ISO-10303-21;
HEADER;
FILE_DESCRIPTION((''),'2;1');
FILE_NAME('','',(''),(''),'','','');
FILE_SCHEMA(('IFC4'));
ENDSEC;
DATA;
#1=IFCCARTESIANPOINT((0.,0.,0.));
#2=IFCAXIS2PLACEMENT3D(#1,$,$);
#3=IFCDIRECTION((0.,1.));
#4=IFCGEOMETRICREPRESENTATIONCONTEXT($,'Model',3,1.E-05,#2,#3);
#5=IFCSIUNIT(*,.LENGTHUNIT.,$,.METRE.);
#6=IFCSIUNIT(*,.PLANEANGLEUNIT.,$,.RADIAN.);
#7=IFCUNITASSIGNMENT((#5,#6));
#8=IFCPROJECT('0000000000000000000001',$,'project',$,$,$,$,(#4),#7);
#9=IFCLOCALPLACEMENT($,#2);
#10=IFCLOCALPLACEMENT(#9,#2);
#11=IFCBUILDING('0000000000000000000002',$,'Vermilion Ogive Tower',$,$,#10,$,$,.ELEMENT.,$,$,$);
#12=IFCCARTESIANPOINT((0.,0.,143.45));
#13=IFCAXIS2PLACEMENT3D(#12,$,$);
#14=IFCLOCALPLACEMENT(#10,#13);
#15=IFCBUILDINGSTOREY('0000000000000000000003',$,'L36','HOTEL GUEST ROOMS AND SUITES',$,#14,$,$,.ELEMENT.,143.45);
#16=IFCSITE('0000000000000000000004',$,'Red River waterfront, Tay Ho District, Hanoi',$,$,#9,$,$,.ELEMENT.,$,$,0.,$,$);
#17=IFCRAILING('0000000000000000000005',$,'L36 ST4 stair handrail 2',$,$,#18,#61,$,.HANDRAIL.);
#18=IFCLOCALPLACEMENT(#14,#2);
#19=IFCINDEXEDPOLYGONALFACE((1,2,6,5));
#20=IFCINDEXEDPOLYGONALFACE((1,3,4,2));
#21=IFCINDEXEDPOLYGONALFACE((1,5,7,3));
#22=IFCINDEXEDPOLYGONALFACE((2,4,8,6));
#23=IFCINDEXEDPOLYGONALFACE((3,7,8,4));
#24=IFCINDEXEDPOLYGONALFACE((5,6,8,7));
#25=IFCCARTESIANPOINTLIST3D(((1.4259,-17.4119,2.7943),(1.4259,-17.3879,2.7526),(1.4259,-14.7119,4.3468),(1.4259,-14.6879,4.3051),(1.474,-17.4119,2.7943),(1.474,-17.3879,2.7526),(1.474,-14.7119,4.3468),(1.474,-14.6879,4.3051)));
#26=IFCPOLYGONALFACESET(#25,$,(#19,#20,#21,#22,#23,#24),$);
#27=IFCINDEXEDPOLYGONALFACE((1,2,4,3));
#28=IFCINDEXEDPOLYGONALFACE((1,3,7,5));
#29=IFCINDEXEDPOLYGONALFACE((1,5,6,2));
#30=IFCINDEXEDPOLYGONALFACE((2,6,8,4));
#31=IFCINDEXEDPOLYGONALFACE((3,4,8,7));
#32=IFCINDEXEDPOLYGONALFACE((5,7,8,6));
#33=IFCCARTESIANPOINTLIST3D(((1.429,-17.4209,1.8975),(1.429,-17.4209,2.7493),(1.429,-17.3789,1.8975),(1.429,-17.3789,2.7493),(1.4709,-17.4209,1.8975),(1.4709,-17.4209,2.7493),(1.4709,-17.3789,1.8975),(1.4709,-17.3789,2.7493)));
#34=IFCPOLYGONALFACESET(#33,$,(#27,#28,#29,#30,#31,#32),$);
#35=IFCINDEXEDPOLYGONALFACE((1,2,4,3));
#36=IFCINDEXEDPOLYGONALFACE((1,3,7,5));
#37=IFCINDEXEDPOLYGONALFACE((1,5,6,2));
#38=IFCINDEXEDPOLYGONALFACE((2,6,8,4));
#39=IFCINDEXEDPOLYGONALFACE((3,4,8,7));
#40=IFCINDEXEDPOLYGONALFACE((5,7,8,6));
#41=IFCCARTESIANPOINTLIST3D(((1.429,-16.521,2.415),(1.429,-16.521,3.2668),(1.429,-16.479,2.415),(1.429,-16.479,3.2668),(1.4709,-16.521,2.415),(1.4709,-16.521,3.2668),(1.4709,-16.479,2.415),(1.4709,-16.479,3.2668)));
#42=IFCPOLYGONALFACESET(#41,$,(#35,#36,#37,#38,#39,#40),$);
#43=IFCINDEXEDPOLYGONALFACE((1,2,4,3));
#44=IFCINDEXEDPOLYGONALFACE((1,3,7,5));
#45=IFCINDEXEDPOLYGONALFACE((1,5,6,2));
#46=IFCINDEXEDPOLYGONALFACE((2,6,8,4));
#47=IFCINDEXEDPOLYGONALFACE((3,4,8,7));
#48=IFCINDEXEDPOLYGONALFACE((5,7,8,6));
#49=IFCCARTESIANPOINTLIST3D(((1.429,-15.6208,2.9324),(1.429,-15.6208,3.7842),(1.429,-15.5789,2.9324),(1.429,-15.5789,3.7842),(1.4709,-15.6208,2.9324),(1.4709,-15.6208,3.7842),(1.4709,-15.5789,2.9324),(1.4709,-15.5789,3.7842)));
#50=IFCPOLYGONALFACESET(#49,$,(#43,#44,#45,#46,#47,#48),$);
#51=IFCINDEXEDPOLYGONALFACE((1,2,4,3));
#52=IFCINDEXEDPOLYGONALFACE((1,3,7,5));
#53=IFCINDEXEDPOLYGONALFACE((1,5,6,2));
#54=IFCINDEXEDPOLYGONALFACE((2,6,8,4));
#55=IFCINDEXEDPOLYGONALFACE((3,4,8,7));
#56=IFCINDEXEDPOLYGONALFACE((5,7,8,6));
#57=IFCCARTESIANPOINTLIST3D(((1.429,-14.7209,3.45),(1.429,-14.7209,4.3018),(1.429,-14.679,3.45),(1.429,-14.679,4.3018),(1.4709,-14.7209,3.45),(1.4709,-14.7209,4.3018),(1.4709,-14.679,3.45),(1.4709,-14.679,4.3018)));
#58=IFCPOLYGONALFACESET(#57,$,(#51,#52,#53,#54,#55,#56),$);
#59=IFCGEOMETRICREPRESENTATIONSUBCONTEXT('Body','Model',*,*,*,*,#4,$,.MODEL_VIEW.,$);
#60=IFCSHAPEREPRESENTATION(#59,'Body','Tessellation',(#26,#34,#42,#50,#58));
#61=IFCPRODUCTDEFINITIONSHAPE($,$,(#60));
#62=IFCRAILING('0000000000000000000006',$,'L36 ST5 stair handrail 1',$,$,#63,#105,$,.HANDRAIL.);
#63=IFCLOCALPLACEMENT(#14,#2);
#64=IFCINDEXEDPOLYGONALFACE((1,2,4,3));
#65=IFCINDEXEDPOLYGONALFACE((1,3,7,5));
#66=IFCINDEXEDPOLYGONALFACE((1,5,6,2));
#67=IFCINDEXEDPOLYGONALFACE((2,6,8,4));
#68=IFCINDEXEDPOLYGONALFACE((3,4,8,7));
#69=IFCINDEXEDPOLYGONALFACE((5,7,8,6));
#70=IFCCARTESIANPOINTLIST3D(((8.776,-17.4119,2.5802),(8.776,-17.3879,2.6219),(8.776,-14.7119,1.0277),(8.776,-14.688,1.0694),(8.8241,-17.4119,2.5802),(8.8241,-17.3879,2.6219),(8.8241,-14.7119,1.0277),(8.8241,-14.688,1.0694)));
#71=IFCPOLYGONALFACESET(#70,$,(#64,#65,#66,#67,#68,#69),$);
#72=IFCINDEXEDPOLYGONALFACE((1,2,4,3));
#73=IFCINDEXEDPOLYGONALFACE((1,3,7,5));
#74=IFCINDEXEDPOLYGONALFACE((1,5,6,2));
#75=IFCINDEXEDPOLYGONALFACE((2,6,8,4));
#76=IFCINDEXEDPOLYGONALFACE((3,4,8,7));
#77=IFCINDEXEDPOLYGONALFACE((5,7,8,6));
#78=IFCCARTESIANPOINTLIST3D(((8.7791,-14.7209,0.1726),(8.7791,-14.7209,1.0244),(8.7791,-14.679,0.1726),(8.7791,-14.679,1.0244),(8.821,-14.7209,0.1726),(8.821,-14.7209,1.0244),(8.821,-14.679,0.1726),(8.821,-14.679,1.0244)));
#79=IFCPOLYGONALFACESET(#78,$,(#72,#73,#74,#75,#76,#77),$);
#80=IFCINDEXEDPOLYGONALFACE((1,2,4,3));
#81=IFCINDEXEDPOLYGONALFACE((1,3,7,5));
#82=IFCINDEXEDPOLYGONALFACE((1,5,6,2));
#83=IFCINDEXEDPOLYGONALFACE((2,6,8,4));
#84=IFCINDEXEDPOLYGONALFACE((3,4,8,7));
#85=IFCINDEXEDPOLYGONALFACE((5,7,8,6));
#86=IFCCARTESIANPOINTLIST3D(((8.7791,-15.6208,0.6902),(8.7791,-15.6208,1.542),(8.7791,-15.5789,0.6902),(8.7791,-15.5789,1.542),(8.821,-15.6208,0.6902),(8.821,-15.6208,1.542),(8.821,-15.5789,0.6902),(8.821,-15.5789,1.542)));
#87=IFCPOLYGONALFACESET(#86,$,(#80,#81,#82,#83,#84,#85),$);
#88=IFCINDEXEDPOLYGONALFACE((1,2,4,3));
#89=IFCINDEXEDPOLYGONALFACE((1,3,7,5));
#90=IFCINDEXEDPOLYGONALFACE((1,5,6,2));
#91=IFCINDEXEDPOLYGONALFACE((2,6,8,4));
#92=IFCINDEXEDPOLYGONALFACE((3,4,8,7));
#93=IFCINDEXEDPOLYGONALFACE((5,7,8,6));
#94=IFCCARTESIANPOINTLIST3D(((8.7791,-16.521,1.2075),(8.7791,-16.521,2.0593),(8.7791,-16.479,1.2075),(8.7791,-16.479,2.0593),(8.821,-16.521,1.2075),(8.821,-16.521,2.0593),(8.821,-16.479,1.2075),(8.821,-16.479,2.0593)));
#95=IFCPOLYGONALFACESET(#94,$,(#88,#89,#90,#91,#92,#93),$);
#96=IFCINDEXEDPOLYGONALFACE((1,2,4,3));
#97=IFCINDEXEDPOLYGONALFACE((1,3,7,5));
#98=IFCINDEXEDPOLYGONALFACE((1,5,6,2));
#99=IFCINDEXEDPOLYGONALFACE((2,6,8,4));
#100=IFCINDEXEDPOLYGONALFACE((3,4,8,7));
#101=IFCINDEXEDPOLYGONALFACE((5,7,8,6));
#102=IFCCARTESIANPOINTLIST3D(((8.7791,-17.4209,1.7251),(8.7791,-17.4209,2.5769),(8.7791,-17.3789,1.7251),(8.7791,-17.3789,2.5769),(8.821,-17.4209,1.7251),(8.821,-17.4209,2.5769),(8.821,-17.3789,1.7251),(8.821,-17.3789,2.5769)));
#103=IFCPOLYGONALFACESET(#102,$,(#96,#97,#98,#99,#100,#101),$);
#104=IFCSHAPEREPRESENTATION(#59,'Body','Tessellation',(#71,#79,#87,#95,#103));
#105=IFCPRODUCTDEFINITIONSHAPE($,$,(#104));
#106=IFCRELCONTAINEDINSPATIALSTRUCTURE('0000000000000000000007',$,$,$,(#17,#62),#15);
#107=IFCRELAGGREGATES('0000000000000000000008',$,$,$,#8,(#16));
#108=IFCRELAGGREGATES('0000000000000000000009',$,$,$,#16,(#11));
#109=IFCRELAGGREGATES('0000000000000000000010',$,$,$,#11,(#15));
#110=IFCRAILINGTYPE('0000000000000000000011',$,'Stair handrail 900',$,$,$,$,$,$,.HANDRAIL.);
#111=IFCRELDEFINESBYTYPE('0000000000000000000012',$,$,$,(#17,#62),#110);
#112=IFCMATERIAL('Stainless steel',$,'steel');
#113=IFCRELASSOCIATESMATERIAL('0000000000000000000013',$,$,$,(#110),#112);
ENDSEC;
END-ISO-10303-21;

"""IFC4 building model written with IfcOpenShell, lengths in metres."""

from ifc_helpers import new_model, si_unit, direction, frame, origin, origin_2d, place, context, subcontext, project, spatial, rectangle, extrude, material, type_object, element, save


model = new_model("IFC4")

# Units and contexts
model_context = context("Model", 3, precision=1e-05, world=origin(), true_north=direction((0.0, 1.0)))
body_context = subcontext(model_context, "Body", "Model", "MODEL_VIEW")
ifc_project = project(units=[si_unit("LENGTHUNIT", "METRE"), si_unit("PLANEANGLEUNIT", "RADIAN")], contexts=[model_context])

# Site, building, storey
site_placement = place(None, origin())
site = spatial("IfcSite", under=ifc_project, at=site_placement, Name="Red River waterfront, Tay Ho District, Hanoi", CompositionType="ELEMENT", RefElevation=0.0)
building_placement = place(site_placement, origin())
building = spatial("IfcBuilding", under=site, at=building_placement, Name="Vermilion Ogive Tower", CompositionType="ELEMENT")
storey_placement = place(building_placement, frame((0.0, 0.0, 143.45)))
storey = spatial("IfcBuildingStorey", under=building, at=storey_placement, Name="L36", Description="HOTEL GUEST ROOMS AND SUITES", CompositionType="ELEMENT", Elevation=143.45)

# Railings
ifc_material_1 = material(Name="Stainless steel", Category="steel")
railing_type = type_object("IfcRailingType", Name="Stair handrail 900", PredefinedType="HANDRAIL", material=ifc_material_1)
railing_1_placement = place(storey_placement, frame((1.45, -17.3999, 1.8975)))
element("IfcRailing", 1, at=railing_1_placement, inside=storey, type_object=railing_type, Name="L36 ST4 stair handrail 2", PredefinedType="HANDRAIL", context=body_context, shape_type="SweptSolid", body=[
    extrude(rectangle(XDim=0.0481, YDim=0.0481, at=origin_2d()), frame((0.0, 0.0, 0.876), z_axis=(0.0, 0.866904, 0.498476), x_axis=(-1.0, 0.0, 0.0)), (0.0, 0.0, 1.0), 3.1145),
    extrude(rectangle(XDim=0.042, YDim=0.042, at=origin_2d()), origin(), (0.0, 0.0, 1.0), 0.8518),
    extrude(rectangle(XDim=0.042, YDim=0.042, at=origin_2d()), frame((0.0, 0.8999, 0.5176)), (0.0, 0.0, 1.0), 0.8518),
    extrude(rectangle(XDim=0.042, YDim=0.042, at=origin_2d()), frame((0.0, 1.8, 1.0349)), (0.0, 0.0, 1.0), 0.8518),
    extrude(rectangle(XDim=0.042, YDim=0.042, at=origin_2d()), frame((0.0, 2.7, 1.5525)), (0.0, 0.0, 1.0), 0.8518),
])
railing_2_placement = place(storey_placement, frame((8.8, -14.7, 0.1726)))
element("IfcRailing", 2, at=railing_2_placement, inside=storey, type_object=railing_type, Name="L36 ST5 stair handrail 1", PredefinedType="HANDRAIL", context=body_context, shape_type="SweptSolid", body=[
    extrude(rectangle(XDim=0.0481, YDim=0.0481, at=origin_2d()), frame((0.0, 0.0, 0.876), z_axis=(0.0, -0.866904, 0.498476), x_axis=(1.0, 0.0, 0.0)), (0.0, 0.0, 1.0), 3.1145),
    extrude(rectangle(XDim=0.042, YDim=0.042, at=origin_2d()), origin(), (0.0, 0.0, 1.0), 0.8518),
    extrude(rectangle(XDim=0.042, YDim=0.042, at=origin_2d()), frame((0.0, -0.8999, 0.5176)), (0.0, 0.0, 1.0), 0.8518),
    extrude(rectangle(XDim=0.042, YDim=0.042, at=origin_2d()), frame((0.0, -1.8, 1.0349)), (0.0, 0.0, 1.0), 0.8518),
    extrude(rectangle(XDim=0.042, YDim=0.042, at=origin_2d()), frame((0.0, -2.7, 1.5525)), (0.0, 0.0, 1.0), 0.8518),
])

save(model, "model.ifc")
